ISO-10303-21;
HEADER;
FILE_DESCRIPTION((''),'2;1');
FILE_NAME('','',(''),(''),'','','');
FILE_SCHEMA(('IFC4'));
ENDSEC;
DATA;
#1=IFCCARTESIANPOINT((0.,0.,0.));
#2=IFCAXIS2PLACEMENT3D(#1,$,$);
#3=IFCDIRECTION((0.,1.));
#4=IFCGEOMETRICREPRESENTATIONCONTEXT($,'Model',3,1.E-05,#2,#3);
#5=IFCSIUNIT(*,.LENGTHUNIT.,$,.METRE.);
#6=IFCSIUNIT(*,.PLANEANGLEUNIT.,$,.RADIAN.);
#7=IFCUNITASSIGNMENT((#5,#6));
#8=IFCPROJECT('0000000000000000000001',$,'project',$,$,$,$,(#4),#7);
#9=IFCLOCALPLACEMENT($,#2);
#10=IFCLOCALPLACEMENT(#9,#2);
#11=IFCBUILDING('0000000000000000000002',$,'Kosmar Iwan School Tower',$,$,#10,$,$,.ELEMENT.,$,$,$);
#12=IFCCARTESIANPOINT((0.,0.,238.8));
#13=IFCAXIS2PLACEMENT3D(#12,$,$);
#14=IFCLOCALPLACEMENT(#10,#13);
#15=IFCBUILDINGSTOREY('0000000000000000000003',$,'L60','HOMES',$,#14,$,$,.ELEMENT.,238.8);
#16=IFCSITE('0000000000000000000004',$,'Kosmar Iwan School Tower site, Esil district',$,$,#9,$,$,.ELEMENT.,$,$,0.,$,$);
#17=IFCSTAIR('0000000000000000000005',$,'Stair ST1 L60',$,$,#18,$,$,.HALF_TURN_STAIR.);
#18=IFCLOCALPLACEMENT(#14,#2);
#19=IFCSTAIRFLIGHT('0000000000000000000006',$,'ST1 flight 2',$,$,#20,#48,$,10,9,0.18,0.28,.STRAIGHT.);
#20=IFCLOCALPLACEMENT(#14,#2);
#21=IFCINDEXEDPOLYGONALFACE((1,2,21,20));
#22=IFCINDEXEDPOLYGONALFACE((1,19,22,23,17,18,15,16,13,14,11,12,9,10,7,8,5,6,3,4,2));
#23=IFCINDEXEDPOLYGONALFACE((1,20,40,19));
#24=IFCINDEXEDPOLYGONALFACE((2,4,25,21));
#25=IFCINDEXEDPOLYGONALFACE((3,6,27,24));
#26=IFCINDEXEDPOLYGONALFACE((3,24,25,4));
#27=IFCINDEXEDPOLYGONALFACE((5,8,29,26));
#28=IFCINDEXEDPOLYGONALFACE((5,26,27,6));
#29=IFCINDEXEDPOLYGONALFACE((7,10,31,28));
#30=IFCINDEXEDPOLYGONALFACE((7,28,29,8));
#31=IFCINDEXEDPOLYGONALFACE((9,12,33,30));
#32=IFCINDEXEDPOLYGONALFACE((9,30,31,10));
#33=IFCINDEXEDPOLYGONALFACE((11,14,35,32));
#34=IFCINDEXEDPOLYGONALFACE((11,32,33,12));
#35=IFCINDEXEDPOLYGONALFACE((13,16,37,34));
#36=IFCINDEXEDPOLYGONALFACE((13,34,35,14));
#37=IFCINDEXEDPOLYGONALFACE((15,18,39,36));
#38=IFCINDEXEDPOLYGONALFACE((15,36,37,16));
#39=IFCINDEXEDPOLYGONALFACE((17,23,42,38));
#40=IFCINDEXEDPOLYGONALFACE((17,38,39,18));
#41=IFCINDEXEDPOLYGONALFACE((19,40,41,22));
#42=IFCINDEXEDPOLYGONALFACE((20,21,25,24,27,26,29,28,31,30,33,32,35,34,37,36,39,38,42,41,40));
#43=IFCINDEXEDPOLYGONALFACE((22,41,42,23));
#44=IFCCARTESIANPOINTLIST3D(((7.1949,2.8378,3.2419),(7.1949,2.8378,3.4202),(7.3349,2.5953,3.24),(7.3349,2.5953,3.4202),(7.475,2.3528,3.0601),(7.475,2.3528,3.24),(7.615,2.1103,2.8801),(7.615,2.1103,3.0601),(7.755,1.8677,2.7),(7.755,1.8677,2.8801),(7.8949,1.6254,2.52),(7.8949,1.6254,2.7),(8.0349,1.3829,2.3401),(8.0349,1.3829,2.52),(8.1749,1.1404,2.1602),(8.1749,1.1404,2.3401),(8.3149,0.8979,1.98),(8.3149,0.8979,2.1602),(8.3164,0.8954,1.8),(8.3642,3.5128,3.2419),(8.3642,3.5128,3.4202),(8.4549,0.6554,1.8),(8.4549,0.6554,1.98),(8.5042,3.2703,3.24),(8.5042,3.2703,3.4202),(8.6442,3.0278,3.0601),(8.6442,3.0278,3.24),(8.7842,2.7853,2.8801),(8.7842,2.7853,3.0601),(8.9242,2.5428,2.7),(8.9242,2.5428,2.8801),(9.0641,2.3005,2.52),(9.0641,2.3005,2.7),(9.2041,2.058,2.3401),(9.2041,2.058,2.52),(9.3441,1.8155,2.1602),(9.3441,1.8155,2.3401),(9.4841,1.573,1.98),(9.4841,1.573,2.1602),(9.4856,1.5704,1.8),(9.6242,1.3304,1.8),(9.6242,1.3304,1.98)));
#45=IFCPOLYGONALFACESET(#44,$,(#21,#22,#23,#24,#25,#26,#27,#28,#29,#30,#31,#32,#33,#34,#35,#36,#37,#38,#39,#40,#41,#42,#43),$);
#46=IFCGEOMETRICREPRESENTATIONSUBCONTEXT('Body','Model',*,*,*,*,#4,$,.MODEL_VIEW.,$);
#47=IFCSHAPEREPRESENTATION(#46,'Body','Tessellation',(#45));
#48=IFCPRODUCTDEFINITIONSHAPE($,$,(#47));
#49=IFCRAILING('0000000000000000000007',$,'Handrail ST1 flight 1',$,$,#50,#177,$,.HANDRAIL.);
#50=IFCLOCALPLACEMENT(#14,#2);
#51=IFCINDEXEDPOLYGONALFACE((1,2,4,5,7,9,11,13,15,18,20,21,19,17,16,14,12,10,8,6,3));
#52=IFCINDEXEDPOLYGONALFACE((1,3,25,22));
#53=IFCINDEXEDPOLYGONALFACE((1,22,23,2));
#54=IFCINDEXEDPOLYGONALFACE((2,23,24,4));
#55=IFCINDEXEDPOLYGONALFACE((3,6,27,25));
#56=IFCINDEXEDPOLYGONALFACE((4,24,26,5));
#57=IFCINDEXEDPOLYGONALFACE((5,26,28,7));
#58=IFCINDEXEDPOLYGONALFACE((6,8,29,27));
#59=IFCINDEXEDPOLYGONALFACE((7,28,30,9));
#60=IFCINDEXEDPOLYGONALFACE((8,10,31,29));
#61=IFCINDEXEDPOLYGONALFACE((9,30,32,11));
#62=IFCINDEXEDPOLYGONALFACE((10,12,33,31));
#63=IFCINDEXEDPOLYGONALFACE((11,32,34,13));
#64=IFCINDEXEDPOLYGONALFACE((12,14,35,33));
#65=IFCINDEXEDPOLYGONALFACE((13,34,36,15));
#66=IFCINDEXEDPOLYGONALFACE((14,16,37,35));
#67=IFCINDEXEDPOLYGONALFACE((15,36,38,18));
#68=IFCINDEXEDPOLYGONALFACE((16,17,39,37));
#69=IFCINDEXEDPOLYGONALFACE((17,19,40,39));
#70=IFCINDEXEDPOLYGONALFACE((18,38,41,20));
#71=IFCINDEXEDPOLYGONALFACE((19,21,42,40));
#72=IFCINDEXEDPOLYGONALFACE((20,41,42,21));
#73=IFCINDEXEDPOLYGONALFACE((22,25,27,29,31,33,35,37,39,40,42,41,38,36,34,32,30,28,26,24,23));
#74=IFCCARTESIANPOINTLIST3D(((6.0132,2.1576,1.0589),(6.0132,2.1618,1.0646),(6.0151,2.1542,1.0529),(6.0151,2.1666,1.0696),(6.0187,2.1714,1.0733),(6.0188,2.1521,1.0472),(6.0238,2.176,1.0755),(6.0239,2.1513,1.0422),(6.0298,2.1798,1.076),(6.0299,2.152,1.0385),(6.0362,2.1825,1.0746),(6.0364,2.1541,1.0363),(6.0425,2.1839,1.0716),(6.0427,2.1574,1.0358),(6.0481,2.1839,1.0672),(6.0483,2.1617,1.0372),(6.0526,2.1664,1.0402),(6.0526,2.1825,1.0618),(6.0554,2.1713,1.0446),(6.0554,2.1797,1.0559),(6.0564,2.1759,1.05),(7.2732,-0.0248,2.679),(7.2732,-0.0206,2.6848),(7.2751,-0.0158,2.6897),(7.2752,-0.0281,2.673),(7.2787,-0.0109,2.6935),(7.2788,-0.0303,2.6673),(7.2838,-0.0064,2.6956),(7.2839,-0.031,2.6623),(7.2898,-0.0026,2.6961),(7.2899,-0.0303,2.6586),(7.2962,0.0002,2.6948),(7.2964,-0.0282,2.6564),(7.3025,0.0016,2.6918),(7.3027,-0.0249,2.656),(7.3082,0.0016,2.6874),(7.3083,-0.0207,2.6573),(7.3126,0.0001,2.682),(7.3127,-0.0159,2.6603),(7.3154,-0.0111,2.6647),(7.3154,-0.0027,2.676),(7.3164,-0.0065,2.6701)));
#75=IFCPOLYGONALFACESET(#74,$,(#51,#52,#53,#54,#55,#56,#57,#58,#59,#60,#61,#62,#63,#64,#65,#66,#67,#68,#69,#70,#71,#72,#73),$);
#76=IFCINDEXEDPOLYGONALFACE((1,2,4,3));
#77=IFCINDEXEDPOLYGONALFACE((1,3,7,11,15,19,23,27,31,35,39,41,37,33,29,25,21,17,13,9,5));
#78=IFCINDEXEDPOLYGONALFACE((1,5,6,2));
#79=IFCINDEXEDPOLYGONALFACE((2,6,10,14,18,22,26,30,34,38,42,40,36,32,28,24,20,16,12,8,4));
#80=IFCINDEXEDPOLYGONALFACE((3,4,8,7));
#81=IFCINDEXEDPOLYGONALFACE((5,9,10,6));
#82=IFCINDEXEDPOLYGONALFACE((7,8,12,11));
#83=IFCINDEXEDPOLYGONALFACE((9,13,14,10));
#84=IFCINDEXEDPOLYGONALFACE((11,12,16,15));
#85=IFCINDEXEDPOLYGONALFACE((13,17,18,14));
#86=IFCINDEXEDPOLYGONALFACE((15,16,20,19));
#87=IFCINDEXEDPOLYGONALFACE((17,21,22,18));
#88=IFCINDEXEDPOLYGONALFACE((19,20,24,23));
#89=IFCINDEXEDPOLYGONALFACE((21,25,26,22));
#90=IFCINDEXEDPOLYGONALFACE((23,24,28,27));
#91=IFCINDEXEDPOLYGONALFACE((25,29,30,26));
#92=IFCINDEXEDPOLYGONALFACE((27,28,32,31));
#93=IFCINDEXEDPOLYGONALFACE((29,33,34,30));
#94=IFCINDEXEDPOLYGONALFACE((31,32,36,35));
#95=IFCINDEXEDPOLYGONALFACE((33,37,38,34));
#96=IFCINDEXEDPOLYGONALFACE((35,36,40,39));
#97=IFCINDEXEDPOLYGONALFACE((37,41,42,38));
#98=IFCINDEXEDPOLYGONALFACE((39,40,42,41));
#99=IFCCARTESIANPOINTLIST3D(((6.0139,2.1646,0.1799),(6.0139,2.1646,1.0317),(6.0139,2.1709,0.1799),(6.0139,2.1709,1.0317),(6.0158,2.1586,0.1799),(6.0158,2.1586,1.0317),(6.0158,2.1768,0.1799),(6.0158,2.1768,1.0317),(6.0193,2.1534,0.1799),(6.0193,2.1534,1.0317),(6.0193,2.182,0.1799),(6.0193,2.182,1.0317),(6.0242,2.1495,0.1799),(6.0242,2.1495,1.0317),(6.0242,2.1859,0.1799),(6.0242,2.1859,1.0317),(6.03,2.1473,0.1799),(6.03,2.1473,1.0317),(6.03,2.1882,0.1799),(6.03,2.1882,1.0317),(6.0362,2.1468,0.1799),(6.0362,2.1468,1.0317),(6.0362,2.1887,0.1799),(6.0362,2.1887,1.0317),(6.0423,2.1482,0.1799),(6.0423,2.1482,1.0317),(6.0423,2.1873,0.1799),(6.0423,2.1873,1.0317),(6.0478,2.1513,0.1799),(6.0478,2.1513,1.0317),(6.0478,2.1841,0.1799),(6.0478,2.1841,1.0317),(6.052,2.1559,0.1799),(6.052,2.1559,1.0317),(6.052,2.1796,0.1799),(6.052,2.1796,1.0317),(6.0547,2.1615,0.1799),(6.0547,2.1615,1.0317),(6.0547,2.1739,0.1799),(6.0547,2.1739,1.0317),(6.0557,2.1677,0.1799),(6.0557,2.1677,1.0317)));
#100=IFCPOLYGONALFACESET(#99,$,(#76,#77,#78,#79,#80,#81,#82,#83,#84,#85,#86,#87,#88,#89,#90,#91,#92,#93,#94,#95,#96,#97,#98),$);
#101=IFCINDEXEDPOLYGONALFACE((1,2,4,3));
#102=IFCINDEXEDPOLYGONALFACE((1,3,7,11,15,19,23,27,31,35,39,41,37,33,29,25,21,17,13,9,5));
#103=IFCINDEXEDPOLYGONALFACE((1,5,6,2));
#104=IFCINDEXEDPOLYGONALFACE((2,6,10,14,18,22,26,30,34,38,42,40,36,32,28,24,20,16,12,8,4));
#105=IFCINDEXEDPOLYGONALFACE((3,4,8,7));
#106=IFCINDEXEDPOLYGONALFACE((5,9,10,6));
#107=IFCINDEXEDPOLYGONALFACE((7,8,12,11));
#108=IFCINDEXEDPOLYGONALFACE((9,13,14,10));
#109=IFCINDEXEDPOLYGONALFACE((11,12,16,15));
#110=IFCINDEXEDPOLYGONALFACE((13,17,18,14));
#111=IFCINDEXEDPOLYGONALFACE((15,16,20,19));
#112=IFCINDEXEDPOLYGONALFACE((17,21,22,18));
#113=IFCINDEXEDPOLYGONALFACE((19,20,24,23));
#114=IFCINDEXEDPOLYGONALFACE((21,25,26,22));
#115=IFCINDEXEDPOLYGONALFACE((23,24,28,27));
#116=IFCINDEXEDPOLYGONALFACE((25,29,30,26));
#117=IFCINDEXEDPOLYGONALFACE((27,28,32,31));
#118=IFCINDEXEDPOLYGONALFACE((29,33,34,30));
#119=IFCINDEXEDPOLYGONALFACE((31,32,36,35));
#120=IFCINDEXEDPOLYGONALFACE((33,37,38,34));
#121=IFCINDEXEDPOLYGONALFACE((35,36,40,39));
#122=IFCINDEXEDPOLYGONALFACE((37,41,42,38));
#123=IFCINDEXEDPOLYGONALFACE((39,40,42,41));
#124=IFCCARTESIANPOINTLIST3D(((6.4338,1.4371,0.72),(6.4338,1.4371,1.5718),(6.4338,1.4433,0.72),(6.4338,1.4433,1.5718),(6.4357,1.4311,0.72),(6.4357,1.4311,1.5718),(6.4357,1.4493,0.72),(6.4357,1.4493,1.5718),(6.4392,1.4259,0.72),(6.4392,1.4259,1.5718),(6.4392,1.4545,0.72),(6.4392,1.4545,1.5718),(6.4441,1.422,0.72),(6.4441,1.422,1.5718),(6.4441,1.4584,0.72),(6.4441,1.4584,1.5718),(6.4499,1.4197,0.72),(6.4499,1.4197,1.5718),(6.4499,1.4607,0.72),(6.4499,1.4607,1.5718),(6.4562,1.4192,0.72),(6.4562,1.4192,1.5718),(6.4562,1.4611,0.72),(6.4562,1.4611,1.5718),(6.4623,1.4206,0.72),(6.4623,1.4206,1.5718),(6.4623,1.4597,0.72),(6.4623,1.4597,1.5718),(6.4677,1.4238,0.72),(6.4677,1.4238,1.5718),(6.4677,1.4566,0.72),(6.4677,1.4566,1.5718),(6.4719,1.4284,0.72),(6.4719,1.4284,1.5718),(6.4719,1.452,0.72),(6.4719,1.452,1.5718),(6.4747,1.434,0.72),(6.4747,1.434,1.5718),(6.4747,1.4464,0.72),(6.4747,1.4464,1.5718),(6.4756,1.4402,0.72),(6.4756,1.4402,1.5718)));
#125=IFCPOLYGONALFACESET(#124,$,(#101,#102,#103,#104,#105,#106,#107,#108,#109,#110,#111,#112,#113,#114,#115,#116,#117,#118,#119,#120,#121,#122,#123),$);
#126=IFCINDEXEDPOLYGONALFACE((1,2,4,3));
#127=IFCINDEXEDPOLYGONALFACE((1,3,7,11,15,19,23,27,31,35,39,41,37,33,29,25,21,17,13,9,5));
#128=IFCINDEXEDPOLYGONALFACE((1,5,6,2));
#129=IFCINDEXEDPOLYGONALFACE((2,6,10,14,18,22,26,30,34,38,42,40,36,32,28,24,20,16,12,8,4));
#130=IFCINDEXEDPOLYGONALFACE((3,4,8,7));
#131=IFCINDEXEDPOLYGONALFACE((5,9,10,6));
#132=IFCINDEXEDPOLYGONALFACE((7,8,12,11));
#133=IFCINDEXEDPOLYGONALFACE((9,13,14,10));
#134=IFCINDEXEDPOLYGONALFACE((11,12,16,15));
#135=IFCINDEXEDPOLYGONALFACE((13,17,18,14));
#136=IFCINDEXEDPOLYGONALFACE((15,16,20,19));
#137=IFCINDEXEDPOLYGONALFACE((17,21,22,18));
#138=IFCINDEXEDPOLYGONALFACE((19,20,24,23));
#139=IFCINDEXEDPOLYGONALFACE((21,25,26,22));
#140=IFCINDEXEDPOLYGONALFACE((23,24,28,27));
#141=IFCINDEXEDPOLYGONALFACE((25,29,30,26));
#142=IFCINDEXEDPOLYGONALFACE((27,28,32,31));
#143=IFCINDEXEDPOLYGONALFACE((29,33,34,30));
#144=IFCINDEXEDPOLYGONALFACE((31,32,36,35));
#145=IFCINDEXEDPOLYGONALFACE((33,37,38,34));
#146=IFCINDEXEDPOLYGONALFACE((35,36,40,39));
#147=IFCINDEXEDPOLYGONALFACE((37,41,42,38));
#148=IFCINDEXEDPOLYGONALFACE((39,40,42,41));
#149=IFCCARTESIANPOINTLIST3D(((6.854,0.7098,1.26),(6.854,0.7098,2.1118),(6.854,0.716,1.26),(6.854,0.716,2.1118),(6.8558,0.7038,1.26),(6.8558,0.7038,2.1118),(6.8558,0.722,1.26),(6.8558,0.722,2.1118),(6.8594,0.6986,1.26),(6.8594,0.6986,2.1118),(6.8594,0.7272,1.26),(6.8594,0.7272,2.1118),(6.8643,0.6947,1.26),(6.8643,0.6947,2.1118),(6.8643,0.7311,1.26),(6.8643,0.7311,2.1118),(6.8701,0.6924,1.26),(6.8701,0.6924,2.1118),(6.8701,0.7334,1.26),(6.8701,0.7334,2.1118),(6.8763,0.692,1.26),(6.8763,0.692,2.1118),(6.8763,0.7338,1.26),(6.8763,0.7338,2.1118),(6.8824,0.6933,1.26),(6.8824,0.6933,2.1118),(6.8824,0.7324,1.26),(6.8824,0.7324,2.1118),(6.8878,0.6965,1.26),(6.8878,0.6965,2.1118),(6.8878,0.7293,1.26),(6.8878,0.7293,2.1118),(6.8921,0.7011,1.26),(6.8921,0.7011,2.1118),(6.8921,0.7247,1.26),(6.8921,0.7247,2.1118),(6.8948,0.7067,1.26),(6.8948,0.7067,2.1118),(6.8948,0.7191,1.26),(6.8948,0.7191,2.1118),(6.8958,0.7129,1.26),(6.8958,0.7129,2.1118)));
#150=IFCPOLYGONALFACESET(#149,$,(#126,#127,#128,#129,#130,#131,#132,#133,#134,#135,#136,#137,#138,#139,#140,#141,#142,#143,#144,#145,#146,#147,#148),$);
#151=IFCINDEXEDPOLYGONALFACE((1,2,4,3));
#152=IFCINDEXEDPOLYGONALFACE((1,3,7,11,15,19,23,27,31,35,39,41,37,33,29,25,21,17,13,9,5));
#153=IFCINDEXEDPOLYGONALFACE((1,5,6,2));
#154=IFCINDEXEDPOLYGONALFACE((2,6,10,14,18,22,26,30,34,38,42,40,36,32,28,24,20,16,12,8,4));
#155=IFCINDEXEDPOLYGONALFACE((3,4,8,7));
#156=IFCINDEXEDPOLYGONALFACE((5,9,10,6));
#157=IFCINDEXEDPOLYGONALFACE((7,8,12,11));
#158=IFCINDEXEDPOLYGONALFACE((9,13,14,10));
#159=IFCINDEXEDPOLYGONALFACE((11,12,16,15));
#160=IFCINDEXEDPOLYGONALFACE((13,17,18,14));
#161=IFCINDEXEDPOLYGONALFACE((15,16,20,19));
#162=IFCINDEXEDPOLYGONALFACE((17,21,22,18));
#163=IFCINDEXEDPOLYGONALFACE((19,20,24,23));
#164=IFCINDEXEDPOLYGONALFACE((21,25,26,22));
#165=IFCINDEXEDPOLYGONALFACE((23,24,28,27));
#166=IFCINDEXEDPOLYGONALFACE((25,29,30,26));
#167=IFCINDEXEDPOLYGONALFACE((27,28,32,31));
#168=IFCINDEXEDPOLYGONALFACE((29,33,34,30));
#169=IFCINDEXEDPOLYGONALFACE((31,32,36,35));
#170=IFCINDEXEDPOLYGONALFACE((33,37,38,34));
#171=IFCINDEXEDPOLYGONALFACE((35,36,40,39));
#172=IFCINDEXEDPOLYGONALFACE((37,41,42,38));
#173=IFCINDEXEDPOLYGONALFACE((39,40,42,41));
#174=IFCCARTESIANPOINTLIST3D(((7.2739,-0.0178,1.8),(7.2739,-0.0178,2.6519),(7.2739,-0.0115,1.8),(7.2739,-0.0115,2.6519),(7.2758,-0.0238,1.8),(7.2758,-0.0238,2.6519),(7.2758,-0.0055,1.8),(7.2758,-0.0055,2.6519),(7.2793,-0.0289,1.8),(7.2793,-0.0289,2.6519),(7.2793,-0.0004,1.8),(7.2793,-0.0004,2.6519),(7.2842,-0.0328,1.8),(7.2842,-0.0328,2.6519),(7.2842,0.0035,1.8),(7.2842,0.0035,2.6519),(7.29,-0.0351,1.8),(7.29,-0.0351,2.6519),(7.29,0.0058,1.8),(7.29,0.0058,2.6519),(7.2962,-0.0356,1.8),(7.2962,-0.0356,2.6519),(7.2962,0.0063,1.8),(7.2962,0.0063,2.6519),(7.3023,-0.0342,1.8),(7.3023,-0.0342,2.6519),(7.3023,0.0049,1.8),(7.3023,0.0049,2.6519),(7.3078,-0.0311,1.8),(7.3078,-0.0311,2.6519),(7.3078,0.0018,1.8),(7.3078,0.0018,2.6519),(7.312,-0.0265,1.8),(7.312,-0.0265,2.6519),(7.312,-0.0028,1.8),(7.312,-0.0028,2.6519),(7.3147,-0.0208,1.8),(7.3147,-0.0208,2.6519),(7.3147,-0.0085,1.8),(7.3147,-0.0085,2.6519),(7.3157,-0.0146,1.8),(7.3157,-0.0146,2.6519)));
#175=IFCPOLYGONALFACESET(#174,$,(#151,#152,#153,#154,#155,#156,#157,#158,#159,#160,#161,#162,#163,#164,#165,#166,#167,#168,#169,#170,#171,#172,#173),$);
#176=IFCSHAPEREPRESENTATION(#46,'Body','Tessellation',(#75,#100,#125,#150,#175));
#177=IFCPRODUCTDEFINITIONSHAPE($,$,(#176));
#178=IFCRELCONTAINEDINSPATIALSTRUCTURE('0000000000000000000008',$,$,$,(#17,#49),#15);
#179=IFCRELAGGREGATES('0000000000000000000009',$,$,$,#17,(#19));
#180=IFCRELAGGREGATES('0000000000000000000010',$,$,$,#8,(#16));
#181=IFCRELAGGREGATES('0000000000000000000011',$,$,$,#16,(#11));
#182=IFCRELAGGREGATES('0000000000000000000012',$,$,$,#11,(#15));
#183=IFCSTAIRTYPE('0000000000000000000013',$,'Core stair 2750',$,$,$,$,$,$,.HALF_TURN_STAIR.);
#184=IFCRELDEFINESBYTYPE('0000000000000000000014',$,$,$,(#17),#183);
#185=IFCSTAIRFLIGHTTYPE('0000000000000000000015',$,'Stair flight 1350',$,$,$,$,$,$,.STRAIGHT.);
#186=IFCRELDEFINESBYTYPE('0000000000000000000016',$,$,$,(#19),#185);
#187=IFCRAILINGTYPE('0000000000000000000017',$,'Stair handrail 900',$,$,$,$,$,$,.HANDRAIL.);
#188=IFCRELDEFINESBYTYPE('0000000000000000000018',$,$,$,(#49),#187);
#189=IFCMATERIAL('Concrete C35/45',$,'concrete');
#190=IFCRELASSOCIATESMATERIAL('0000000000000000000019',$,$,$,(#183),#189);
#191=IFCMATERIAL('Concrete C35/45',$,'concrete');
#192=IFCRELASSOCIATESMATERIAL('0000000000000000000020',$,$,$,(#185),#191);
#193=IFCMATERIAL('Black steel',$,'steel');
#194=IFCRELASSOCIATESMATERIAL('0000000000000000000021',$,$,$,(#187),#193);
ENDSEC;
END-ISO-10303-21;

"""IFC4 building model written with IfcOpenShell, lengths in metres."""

from ifc_helpers import new_model, si_unit, direction, frame, origin, origin_2d, place, context, subcontext, project, spatial, polyline, circle, outline, extrude, material, type_object, element, aggregate, save


model = new_model("IFC4")

# Units and contexts
model_context = context("Model", 3, precision=1e-05, world=origin(), true_north=direction((0.0, 1.0)))
body_context = subcontext(model_context, "Body", "Model", "MODEL_VIEW")
ifc_project = project(units=[si_unit("LENGTHUNIT", "METRE"), si_unit("PLANEANGLEUNIT", "RADIAN")], contexts=[model_context])

# Site, building, storey
site_placement = place(None, origin())
site = spatial("IfcSite", under=ifc_project, at=site_placement, Name="Kosmar Iwan School Tower site, Esil district", CompositionType="ELEMENT", RefElevation=0.0)
building_placement = place(site_placement, origin())
building = spatial("IfcBuilding", under=site, at=building_placement, Name="Kosmar Iwan School Tower", CompositionType="ELEMENT")
storey_placement = place(building_placement, frame((0.0, 0.0, 238.8)))
storey = spatial("IfcBuildingStorey", under=building, at=storey_placement, Name="L60", Description="HOMES", CompositionType="ELEMENT", Elevation=238.8)

# Stair, stair flight
ifc_material_1 = material(Name="Concrete C35/45", Category="concrete")
stair_type = type_object("IfcStairType", Name="Core stair 2750", PredefinedType="HALF_TURN_STAIR", material=ifc_material_1)
stair_placement = place(storey_placement, origin())
stair = element("IfcStair", 1, at=stair_placement, inside=storey, type_object=stair_type, Name="Stair ST1 L60", PredefinedType="HALF_TURN_STAIR")
ifc_material_2 = material(Name="Concrete C35/45", Category="concrete")
stair_flight_type = type_object("IfcStairFlightType", Name="Stair flight 1350", PredefinedType="STRAIGHT", material=ifc_material_2)
stair_flight_1_placement = place(storey_placement, frame((9.0396, 0.9929, 1.8), z_axis=(0.0, 0.0, 1.0), x_axis=(-0.5, 0.866025, 0.0)))
stair_flight_1 = element("IfcStairFlight", 2, at=stair_flight_1_placement, type_object=stair_flight_type, Name="ST1 flight 2", NumberOfRisers=10, NumberOfTreads=9, PredefinedType="STRAIGHT", RiserHeight=0.18, TreadLength=0.28, context=body_context, shape_type="SweptSolid", body=[
    extrude(outline(polyline([(0.0, 0.0), (0.0, 0.1799), (0.28, 0.1799), (0.28, 0.3601), (0.5601, 0.3601), (0.5601, 0.54), (0.8401, 0.54), (0.8401, 0.72), (1.1201, 0.72), (1.1201, 0.8999), (1.3999, 0.8999), (1.3999, 1.0801), (1.6799, 1.0801), (1.6799, 1.26), (1.96, 1.26), (1.96, 1.4399), (2.24, 1.4399), (2.24, 1.6201), (2.52, 1.6201), (2.52, 1.8), (2.52, 1.4419), (0.2771, 0.0), (0.0, 0.0)])), frame((0.0, 0.675, 0.0), z_axis=(0.0, -1.0, 0.0), x_axis=(1.0, 0.0, 0.0)), (0.0, 0.0, 1.0), 1.3501),
])
aggregate(stair, [stair_flight_1])

# Railing
ifc_material_3 = material(Name="Black steel", Category="steel")
railing_type = type_object("IfcRailingType", Name="Stair handrail 900", PredefinedType="HANDRAIL", material=ifc_material_3)
railing_1_placement = place(storey_placement, frame((6.0347, 2.1677, 0.1799)))
element("IfcRailing", 3, at=railing_1_placement, inside=storey, type_object=railing_type, Name="Handrail ST1 flight 1", PredefinedType="HANDRAIL", context=body_context, shape_type="SweptSolid", body=[
    extrude(circle(Radius=0.0239, at=origin_2d()), frame((0.0, 0.0, 0.876), z_axis=(0.420584, -0.728464, 0.540786), x_axis=(0.866023, 0.500005, 0.0)), (0.0, 0.0, 1.0), 2.9958),
    extrude(circle(Radius=0.021, at=origin_2d()), origin(), (0.0, 0.0, 1.0), 0.8518),
    extrude(circle(Radius=0.021, at=origin_2d()), frame((0.4199, -0.7275, 0.54)), (0.0, 0.0, 1.0), 0.8518),
    extrude(circle(Radius=0.021, at=origin_2d()), frame((0.8401, -1.4548, 1.0801)), (0.0, 0.0, 1.0), 0.8518),
    extrude(circle(Radius=0.021, at=origin_2d()), frame((1.26, -2.1824, 1.6201)), (0.0, 0.0, 1.0), 0.8518),
])

save(model, "model.ifc")
